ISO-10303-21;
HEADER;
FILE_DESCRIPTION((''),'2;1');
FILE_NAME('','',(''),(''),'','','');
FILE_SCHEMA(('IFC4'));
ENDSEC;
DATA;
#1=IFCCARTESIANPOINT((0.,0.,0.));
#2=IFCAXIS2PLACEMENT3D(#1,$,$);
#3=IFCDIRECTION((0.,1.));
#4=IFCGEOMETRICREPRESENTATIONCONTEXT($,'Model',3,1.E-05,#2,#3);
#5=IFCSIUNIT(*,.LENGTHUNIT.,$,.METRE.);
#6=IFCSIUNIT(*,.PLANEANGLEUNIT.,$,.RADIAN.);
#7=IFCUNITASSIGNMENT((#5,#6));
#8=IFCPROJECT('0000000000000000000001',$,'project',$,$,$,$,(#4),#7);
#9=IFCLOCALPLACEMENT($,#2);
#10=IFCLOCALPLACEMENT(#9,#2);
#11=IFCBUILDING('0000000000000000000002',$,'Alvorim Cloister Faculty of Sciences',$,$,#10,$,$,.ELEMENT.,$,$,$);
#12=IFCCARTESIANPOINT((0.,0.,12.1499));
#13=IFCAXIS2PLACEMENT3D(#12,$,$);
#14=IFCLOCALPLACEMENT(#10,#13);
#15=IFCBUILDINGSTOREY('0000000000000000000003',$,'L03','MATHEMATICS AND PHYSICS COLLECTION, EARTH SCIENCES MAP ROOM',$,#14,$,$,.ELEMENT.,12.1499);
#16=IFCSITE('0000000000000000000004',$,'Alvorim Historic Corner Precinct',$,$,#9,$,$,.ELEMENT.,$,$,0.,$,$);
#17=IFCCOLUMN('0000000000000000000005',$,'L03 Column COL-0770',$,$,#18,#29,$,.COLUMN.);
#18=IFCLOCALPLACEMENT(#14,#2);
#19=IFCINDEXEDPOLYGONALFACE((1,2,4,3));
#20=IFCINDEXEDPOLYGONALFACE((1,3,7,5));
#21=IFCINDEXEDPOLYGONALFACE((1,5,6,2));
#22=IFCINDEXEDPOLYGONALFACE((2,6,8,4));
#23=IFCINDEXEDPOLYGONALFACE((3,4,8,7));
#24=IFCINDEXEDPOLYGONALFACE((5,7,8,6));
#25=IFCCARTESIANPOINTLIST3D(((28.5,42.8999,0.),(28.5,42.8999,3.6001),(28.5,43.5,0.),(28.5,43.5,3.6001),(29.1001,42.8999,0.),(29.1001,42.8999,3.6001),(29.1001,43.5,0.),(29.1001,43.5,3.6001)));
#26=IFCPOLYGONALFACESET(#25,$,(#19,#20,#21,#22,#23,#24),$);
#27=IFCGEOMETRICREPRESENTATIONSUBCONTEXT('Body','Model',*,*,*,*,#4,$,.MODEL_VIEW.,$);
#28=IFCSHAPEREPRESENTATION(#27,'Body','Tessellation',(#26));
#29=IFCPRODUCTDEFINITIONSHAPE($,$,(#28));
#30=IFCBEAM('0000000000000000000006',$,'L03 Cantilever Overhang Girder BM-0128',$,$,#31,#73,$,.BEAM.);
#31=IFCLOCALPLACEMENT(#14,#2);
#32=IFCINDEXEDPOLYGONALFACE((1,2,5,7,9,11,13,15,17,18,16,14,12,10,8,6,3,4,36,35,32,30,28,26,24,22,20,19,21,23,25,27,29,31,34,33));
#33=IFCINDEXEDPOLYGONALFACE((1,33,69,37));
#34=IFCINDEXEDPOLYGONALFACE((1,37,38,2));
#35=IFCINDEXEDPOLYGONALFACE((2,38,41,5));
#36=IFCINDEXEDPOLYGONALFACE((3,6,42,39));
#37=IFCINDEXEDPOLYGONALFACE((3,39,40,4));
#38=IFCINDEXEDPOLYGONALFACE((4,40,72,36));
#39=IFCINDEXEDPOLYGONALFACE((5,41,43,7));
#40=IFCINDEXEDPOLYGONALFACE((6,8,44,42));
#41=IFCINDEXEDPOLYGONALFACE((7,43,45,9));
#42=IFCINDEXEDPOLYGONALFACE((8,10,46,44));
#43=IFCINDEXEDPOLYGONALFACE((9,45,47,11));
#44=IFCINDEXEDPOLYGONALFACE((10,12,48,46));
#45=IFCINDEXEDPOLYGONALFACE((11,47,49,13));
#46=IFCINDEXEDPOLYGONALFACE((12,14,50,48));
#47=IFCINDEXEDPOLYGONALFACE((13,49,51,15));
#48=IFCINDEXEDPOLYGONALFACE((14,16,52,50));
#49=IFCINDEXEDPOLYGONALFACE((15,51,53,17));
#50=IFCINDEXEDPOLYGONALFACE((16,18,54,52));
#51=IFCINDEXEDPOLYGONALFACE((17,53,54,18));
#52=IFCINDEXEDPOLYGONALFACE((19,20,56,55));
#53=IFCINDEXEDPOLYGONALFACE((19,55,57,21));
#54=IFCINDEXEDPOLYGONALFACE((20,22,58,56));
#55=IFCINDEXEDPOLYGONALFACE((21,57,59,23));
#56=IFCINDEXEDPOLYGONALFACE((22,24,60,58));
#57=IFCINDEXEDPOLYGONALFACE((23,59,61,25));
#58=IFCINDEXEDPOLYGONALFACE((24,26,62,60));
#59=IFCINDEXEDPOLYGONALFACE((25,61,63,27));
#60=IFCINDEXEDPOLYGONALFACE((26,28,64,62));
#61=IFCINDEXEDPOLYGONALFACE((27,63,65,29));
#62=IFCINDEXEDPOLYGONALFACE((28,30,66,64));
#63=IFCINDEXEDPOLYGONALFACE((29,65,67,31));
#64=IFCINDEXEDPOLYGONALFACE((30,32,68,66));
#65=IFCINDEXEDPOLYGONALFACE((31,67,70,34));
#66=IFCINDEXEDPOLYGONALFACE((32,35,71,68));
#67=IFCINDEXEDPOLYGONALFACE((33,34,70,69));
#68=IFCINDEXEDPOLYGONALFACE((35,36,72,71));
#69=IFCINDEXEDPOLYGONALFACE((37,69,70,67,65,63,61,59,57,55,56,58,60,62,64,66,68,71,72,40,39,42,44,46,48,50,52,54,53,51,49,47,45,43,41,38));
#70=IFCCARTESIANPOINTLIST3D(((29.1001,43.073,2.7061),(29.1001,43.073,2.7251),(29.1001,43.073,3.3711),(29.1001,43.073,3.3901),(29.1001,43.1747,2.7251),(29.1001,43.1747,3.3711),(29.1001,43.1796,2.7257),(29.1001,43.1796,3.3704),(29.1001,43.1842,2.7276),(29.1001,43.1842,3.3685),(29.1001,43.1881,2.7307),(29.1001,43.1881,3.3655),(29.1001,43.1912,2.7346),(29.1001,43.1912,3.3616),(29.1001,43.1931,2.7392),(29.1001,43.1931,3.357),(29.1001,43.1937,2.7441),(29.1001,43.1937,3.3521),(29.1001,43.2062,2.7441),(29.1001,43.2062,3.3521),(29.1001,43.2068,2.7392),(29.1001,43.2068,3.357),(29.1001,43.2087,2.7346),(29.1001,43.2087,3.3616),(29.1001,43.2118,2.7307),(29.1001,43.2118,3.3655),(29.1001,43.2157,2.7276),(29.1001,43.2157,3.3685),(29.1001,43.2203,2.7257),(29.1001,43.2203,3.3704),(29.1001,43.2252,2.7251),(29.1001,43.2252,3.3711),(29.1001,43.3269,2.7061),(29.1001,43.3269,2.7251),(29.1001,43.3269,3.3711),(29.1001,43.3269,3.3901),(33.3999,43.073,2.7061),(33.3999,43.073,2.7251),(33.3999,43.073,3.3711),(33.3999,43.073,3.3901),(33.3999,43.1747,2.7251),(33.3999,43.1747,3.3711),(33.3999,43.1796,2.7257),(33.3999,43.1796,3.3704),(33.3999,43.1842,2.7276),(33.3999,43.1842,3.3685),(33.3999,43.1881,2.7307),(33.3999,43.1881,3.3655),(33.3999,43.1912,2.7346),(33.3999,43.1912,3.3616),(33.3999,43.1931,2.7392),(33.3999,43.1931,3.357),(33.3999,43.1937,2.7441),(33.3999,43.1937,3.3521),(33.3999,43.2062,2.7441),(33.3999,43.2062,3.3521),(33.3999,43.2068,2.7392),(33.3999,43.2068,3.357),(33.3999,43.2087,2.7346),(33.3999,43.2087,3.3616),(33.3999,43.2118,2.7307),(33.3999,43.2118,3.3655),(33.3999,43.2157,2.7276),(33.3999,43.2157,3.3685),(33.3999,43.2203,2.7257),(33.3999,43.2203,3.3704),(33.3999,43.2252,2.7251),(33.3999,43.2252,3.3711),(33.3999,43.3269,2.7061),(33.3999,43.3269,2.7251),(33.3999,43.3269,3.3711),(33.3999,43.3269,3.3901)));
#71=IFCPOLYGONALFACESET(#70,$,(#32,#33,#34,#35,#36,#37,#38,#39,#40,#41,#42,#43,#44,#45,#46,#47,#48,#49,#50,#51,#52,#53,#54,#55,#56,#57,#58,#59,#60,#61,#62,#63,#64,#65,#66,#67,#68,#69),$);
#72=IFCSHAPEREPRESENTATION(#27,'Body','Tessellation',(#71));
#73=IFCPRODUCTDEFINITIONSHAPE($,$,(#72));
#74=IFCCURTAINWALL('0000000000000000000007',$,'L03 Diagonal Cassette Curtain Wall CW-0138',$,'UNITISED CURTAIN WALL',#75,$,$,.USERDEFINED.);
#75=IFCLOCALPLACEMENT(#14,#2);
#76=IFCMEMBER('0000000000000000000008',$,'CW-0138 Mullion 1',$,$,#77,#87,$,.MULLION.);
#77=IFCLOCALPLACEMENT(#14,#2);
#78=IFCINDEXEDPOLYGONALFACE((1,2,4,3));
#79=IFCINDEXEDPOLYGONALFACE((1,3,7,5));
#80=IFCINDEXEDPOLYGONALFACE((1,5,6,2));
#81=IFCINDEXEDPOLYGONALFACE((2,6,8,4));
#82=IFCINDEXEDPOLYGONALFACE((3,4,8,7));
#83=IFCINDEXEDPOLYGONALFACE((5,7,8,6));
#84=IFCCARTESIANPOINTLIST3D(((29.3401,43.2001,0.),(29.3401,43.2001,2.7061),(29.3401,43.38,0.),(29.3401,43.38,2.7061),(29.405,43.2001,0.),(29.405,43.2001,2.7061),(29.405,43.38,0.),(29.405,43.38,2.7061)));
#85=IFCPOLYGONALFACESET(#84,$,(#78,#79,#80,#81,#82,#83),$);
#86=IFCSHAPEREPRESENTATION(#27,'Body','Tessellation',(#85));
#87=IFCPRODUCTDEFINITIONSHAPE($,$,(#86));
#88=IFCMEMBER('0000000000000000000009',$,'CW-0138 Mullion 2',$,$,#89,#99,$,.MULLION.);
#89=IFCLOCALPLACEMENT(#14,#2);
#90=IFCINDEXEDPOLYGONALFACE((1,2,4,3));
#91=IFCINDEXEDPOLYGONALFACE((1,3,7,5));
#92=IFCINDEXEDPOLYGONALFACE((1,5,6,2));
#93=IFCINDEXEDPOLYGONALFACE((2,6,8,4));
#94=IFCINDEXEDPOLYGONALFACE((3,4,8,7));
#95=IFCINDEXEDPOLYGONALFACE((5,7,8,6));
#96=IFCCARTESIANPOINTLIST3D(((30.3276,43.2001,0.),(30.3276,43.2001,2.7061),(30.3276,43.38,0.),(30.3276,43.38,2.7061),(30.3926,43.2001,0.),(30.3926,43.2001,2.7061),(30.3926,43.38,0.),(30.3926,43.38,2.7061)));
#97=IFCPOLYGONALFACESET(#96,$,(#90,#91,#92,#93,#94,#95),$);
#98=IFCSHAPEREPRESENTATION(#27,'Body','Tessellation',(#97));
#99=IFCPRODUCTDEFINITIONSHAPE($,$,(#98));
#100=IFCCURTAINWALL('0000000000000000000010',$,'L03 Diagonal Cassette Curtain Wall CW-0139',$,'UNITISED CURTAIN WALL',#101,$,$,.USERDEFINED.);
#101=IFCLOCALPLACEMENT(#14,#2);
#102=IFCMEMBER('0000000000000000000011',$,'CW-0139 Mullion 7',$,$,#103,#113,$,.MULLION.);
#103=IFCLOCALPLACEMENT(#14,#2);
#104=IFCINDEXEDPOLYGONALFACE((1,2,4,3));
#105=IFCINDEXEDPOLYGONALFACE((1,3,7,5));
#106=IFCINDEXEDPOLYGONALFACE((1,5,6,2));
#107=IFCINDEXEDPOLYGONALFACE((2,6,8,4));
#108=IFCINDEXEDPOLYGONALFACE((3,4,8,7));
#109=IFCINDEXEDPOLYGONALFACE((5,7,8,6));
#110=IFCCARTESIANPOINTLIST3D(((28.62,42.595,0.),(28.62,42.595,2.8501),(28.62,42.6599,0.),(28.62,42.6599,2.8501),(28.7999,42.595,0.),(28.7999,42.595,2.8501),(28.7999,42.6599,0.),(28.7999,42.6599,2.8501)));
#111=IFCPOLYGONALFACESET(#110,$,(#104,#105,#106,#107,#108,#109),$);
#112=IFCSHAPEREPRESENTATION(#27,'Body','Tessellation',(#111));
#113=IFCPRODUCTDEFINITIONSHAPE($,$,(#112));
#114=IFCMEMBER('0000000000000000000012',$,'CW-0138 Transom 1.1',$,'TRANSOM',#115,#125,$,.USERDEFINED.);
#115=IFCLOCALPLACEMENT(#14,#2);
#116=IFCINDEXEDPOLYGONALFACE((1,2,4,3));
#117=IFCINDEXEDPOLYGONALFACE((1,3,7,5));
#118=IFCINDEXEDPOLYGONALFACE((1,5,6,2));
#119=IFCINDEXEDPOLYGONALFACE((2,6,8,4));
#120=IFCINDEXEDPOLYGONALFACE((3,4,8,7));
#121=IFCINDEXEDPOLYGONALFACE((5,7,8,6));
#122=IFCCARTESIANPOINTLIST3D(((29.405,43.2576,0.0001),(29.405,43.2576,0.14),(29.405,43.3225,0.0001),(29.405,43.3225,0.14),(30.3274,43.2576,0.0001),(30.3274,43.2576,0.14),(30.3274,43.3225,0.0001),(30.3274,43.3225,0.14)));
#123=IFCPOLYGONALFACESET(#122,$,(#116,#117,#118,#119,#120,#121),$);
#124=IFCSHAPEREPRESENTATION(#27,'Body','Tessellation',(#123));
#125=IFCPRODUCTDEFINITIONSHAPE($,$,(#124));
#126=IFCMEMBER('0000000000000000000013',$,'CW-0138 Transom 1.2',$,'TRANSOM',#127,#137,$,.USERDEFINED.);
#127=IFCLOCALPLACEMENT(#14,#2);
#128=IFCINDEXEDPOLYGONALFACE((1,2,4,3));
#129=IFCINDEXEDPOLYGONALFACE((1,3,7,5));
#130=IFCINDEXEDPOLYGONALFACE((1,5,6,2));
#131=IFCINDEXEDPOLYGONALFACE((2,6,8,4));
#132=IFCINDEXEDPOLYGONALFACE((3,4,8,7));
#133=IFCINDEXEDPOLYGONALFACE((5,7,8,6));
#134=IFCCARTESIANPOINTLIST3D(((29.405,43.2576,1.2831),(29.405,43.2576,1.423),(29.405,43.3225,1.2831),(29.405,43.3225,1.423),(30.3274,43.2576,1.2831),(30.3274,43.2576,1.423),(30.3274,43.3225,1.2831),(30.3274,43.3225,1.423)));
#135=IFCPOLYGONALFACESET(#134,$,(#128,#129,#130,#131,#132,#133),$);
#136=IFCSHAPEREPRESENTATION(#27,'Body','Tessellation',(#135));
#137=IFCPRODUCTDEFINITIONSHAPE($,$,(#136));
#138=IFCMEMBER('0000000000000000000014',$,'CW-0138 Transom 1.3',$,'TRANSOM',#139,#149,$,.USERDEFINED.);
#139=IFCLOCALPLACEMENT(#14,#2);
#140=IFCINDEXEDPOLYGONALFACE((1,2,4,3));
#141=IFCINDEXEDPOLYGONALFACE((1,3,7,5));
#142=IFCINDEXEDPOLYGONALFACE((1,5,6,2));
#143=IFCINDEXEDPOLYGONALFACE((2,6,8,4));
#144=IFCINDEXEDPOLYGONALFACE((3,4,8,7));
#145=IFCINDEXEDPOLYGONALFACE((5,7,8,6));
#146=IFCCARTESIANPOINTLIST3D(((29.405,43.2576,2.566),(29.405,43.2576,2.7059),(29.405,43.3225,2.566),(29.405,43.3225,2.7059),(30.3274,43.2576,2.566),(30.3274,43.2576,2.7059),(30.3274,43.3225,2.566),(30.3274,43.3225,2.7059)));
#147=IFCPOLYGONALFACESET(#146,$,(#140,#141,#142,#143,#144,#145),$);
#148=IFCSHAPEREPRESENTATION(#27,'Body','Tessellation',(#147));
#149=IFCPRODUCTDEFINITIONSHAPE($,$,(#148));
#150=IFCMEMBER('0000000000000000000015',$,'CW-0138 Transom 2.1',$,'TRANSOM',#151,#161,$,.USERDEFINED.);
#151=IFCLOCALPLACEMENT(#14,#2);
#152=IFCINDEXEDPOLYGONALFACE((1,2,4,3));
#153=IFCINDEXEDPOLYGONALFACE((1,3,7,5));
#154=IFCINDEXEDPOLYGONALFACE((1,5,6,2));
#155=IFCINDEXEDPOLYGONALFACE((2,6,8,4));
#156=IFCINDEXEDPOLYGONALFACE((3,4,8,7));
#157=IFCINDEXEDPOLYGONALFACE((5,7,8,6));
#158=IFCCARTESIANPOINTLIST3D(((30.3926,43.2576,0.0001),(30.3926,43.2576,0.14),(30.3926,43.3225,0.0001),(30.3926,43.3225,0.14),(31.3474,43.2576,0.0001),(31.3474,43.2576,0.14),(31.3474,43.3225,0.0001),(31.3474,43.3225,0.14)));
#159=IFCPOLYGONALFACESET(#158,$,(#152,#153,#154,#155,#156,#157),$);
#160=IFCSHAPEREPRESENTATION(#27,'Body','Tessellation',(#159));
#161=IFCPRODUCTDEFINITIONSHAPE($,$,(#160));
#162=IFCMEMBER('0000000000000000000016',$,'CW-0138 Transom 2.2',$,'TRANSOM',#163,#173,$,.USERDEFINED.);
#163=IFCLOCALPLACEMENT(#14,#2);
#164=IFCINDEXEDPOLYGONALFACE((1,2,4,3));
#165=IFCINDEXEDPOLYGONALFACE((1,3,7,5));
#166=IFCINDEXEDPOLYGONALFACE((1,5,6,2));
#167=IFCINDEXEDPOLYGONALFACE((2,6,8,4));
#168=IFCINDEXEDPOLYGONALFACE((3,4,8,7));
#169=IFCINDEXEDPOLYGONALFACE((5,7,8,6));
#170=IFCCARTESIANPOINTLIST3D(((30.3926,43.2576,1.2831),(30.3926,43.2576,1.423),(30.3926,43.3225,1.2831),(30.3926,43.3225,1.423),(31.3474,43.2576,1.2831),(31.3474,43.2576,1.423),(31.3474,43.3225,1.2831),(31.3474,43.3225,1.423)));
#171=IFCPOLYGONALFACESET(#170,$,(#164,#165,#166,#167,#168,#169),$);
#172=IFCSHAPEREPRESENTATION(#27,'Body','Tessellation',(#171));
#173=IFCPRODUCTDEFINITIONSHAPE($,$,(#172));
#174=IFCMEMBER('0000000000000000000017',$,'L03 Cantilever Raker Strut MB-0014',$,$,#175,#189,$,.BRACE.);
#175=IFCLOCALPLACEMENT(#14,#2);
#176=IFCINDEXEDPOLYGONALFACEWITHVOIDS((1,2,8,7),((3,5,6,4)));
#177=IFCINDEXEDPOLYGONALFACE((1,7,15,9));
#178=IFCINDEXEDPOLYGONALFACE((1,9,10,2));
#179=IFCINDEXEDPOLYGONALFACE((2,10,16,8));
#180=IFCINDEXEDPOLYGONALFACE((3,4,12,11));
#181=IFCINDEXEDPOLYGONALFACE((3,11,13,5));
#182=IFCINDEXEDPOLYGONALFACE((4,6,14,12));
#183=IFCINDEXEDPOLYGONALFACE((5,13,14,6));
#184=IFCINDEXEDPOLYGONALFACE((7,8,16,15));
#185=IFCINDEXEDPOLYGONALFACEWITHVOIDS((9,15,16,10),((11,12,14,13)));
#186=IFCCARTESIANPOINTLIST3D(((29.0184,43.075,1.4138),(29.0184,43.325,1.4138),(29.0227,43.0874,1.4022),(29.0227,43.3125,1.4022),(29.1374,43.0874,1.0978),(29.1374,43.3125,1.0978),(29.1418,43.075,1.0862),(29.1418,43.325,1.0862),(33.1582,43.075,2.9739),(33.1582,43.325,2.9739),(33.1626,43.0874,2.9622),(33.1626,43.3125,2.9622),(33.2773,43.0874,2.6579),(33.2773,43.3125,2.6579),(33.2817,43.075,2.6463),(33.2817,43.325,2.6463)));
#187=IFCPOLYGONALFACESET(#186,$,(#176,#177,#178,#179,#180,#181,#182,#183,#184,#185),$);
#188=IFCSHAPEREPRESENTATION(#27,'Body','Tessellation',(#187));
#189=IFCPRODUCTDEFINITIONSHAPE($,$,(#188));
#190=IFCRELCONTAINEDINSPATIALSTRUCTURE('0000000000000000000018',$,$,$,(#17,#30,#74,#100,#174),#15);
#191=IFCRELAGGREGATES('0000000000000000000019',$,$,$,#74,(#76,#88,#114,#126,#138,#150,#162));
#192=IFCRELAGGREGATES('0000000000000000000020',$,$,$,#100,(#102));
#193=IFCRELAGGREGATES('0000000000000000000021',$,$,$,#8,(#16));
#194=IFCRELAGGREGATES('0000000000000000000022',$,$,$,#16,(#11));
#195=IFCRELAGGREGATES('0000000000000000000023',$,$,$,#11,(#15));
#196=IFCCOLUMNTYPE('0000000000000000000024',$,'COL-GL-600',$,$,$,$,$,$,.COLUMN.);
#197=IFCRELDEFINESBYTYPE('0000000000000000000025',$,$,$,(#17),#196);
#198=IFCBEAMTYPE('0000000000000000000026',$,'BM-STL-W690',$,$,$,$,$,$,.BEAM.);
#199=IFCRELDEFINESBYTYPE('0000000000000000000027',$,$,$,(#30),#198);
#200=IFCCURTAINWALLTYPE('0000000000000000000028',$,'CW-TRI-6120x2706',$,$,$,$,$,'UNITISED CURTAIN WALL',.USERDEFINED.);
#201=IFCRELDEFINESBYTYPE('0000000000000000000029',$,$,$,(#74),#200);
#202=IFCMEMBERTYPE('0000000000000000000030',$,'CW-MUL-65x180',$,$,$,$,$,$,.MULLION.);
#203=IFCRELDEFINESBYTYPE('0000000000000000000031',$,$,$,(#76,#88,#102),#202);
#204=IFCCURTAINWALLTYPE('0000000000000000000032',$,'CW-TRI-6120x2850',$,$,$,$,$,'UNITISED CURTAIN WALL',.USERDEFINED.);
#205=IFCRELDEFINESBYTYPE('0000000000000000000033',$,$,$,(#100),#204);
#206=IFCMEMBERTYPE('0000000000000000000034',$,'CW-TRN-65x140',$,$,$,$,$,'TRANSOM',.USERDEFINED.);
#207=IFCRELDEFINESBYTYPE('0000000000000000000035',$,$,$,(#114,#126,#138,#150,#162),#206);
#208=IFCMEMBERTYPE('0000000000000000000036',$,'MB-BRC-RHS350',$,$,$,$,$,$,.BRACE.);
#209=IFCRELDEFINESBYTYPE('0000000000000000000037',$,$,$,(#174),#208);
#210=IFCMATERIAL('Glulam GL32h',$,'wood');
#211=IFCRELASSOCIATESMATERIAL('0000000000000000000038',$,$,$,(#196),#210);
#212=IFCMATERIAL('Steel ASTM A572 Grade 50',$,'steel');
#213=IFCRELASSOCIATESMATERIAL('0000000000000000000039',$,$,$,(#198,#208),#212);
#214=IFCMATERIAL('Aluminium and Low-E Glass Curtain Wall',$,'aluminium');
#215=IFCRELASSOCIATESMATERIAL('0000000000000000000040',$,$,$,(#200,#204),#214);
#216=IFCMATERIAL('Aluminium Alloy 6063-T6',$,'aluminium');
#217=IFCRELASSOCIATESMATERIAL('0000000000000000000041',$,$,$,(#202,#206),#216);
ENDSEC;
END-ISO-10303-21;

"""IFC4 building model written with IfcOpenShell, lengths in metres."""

from ifc_helpers import new_model, si_unit, direction, frame, origin, origin_2d, place, context, subcontext, project, spatial, rectangle, hollow_rectangle, i_section, extrude, material, material_profile, profile_set, type_object, element, aggregate, save


model = new_model("IFC4")

# Units and contexts
model_context = context("Model", 3, precision=1e-05, world=origin(), true_north=direction((0.0, 1.0)))
body_context = subcontext(model_context, "Body", "Model", "MODEL_VIEW")
ifc_project = project(units=[si_unit("LENGTHUNIT", "METRE"), si_unit("PLANEANGLEUNIT", "RADIAN")], contexts=[model_context])

# Site, building, storey
site_placement = place(None, origin())
site = spatial("IfcSite", under=ifc_project, at=site_placement, Name="Alvorim Historic Corner Precinct", CompositionType="ELEMENT", RefElevation=0.0)
building_placement = place(site_placement, origin())
building = spatial("IfcBuilding", under=site, at=building_placement, Name="Alvorim Cloister Faculty of Sciences", CompositionType="ELEMENT")
storey_placement = place(building_placement, frame((0.0, 0.0, 12.1499)))
storey = spatial("IfcBuildingStorey", under=building, at=storey_placement, Name="L03", Description="MATHEMATICS AND PHYSICS COLLECTION, EARTH SCIENCES MAP ROOM", CompositionType="ELEMENT", Elevation=12.1499)

# Column
ifc_material_1 = material(Name="Glulam GL32h", Category="wood")
ifc_material_profile_1 = material_profile(ifc_material_1, rectangle(XDim=0.6001, YDim=0.6001, at=origin_2d()), Name="GL32-COL-600x600")
ifc_profile_set_1 = profile_set([ifc_material_profile_1], Name="Glulam GL32h")
column_type = type_object("IfcColumnType", Name="COL-GL-600", PredefinedType="COLUMN", material=ifc_profile_set_1)
column_placement = place(storey_placement, frame((28.8, 43.2, 0.0), z_axis=(0.0, 0.0, 1.0), x_axis=(1.0, 0.0, 0.0)))
element("IfcColumn", 1, at=column_placement, inside=storey, type_object=column_type, Name="L03 Column COL-0770", PredefinedType="COLUMN", context=body_context, shape_type="SweptSolid", body=[
    extrude(rectangle(XDim=0.6001, YDim=0.6001, at=origin_2d()), origin(), (0.0, 0.0, 1.0), 3.6001),
])

# Beam
ifc_material_2 = material(Name="Steel ASTM A572 Grade 50", Category="steel")
ifc_material_profile_2 = material_profile(ifc_material_2, i_section(OverallWidth=0.2539, OverallDepth=0.6841, WebThickness=0.0125, FlangeThickness=0.019, FilletRadius=0.019, at=origin_2d()), Name="W690x140.0")
ifc_profile_set_2 = profile_set([ifc_material_profile_2], Name="Steel ASTM A572 Grade 50")
beam_type = type_object("IfcBeamType", Name="BM-STL-W690", PredefinedType="BEAM", material=ifc_profile_set_2)
beam_placement = place(storey_placement, frame((29.1001, 43.2, 3.0481), z_axis=(1.0, 0.0, 0.0), x_axis=(0.0, 1.0, 0.0)))
element("IfcBeam", 2, at=beam_placement, inside=storey, type_object=beam_type, Name="L03 Cantilever Overhang Girder BM-0128", PredefinedType="BEAM", context=body_context, shape_type="SweptSolid", body=[
    extrude(i_section(OverallWidth=0.2539, OverallDepth=0.6841, WebThickness=0.0125, FlangeThickness=0.019, FilletRadius=0.019, at=origin_2d()), origin(), (0.0, 0.0, 1.0), 4.2998),
])

# Curtain wall, members
ifc_material_3 = material(Name="Aluminium and Low-E Glass Curtain Wall", Category="aluminium")
curtain_wall_type_1 = type_object("IfcCurtainWallType", Name="CW-TRI-6120x2706", ElementType="UNITISED CURTAIN WALL", PredefinedType="USERDEFINED", material=ifc_material_3)
curtain_wall_1_placement = place(storey_placement, origin())
curtain_wall_1 = element("IfcCurtainWall", 3, at=curtain_wall_1_placement, inside=storey, type_object=curtain_wall_type_1, Name="L03 Diagonal Cassette Curtain Wall CW-0138", ObjectType="UNITISED CURTAIN WALL", PredefinedType="USERDEFINED")
ifc_material_4 = material(Name="Aluminium Alloy 6063-T6", Category="aluminium")
ifc_material_profile_3 = material_profile(ifc_material_4, rectangle(XDim=0.0649, YDim=0.1799, at=origin_2d()), Name="ALU-MUL-65x180")
ifc_profile_set_3 = profile_set([ifc_material_profile_3], Name="Aluminium Alloy 6063-T6")
member_type_1 = type_object("IfcMemberType", Name="CW-MUL-65x180", PredefinedType="MULLION", material=ifc_profile_set_3)
member_1_placement = place(storey_placement, frame((29.3726, 43.29, 0.0), z_axis=(0.0, 0.0, 1.0), x_axis=(1.0, 0.0, 0.0)))
member_1 = element("IfcMember", 4, at=member_1_placement, type_object=member_type_1, Name="CW-0138 Mullion 1", PredefinedType="MULLION", context=body_context, shape_type="SweptSolid", body=[
    extrude(rectangle(XDim=0.0649, YDim=0.1799, at=origin_2d()), origin(), (0.0, 0.0, 1.0), 2.7061),
])
member_2_placement = place(storey_placement, frame((30.3601, 43.29, 0.0), z_axis=(0.0, 0.0, 1.0), x_axis=(1.0, 0.0, 0.0)))
member_2 = element("IfcMember", 5, at=member_2_placement, type_object=member_type_1, Name="CW-0138 Mullion 2", PredefinedType="MULLION", context=body_context, shape_type="SweptSolid", body=[
    extrude(rectangle(XDim=0.0649, YDim=0.1799, at=origin_2d()), origin(), (0.0, 0.0, 1.0), 2.7061),
])

# Curtain wall, member
curtain_wall_type_2 = type_object("IfcCurtainWallType", Name="CW-TRI-6120x2850", ElementType="UNITISED CURTAIN WALL", PredefinedType="USERDEFINED", material=ifc_material_3)
curtain_wall_2_placement = place(storey_placement, origin())
curtain_wall_2 = element("IfcCurtainWall", 6, at=curtain_wall_2_placement, inside=storey, type_object=curtain_wall_type_2, Name="L03 Diagonal Cassette Curtain Wall CW-0139", ObjectType="UNITISED CURTAIN WALL", PredefinedType="USERDEFINED")
member_3_placement = place(storey_placement, frame((28.71, 42.6274, 0.0), z_axis=(0.0, 0.0, 1.0), x_axis=(0.0, 1.0, 0.0)))
member_3 = element("IfcMember", 7, at=member_3_placement, type_object=member_type_1, Name="CW-0139 Mullion 7", PredefinedType="MULLION", context=body_context, shape_type="SweptSolid", body=[
    extrude(rectangle(XDim=0.0649, YDim=0.1799, at=origin_2d()), origin(), (0.0, 0.0, 1.0), 2.8501),
])

# Members
ifc_material_profile_4 = material_profile(ifc_material_4, rectangle(XDim=0.0649, YDim=0.1399, at=origin_2d()), Name="ALU-TRN-65x140")
ifc_profile_set_4 = profile_set([ifc_material_profile_4], Name="Aluminium Alloy 6063-T6")
member_type_2 = type_object("IfcMemberType", Name="CW-TRN-65x140", ElementType="TRANSOM", PredefinedType="USERDEFINED", material=ifc_profile_set_4)
member_4_placement = place(storey_placement, frame((29.405, 43.29, 0.0701), z_axis=(1.0, 0.0, 0.0), x_axis=(0.0, 1.0, 0.0)))
member_4 = element("IfcMember", 8, at=member_4_placement, type_object=member_type_2, Name="CW-0138 Transom 1.1", ObjectType="TRANSOM", PredefinedType="USERDEFINED", context=body_context, shape_type="SweptSolid", body=[
    extrude(rectangle(XDim=0.0649, YDim=0.1399, at=origin_2d()), origin(), (0.0, 0.0, 1.0), 0.9224),
])
member_5_placement = place(storey_placement, frame((29.405, 43.29, 1.353), z_axis=(1.0, 0.0, 0.0), x_axis=(0.0, 1.0, 0.0)))
member_5 = element("IfcMember", 9, at=member_5_placement, type_object=member_type_2, Name="CW-0138 Transom 1.2", ObjectType="TRANSOM", PredefinedType="USERDEFINED", context=body_context, shape_type="SweptSolid", body=[
    extrude(rectangle(XDim=0.0649, YDim=0.1399, at=origin_2d()), origin(), (0.0, 0.0, 1.0), 0.9224),
])
member_6_placement = place(storey_placement, frame((29.405, 43.29, 2.636), z_axis=(1.0, 0.0, 0.0), x_axis=(0.0, 1.0, 0.0)))
member_6 = element("IfcMember", 10, at=member_6_placement, type_object=member_type_2, Name="CW-0138 Transom 1.3", ObjectType="TRANSOM", PredefinedType="USERDEFINED", context=body_context, shape_type="SweptSolid", body=[
    extrude(rectangle(XDim=0.0649, YDim=0.1399, at=origin_2d()), origin(), (0.0, 0.0, 1.0), 0.9224),
])
member_7_placement = place(storey_placement, frame((30.3926, 43.29, 0.0701), z_axis=(1.0, 0.0, 0.0), x_axis=(0.0, 1.0, 0.0)))
member_7 = element("IfcMember", 11, at=member_7_placement, type_object=member_type_2, Name="CW-0138 Transom 2.1", ObjectType="TRANSOM", PredefinedType="USERDEFINED", context=body_context, shape_type="SweptSolid", body=[
    extrude(rectangle(XDim=0.0649, YDim=0.1399, at=origin_2d()), origin(), (0.0, 0.0, 1.0), 0.9548),
])
member_8_placement = place(storey_placement, frame((30.3926, 43.29, 1.353), z_axis=(1.0, 0.0, 0.0), x_axis=(0.0, 1.0, 0.0)))
member_8 = element("IfcMember", 12, at=member_8_placement, type_object=member_type_2, Name="CW-0138 Transom 2.2", ObjectType="TRANSOM", PredefinedType="USERDEFINED", context=body_context, shape_type="SweptSolid", body=[
    extrude(rectangle(XDim=0.0649, YDim=0.1399, at=origin_2d()), origin(), (0.0, 0.0, 1.0), 0.9548),
])
ifc_material_profile_5 = material_profile(ifc_material_2, hollow_rectangle(XDim=0.25, YDim=0.3501, WallThickness=0.0125, at=origin_2d()), Name="RHS350x250x12.5")
ifc_profile_set_5 = profile_set([ifc_material_profile_5], Name="Steel ASTM A572 Grade 50")
member_type_3 = type_object("IfcMemberType", Name="MB-BRC-RHS350", PredefinedType="BRACE", material=ifc_profile_set_5)
member_9_placement = place(storey_placement, frame((29.0801, 43.2, 1.25), z_axis=(0.935763, 0.0, 0.352629), x_axis=(0.0, 1.0, 0.0)))
element("IfcMember", 13, at=member_9_placement, inside=storey, type_object=member_type_3, Name="L03 Cantilever Raker Strut MB-0014", PredefinedType="BRACE", context=body_context, shape_type="SweptSolid", body=[
    extrude(hollow_rectangle(XDim=0.25, YDim=0.3501, WallThickness=0.0125, at=origin_2d()), origin(), (0.0, 0.0, 1.0), 4.4241),
])

aggregate(curtain_wall_1, [member_1, member_2, member_4, member_5, member_6, member_7, member_8])
aggregate(curtain_wall_2, [member_3])

save(model, "model.ifc")
